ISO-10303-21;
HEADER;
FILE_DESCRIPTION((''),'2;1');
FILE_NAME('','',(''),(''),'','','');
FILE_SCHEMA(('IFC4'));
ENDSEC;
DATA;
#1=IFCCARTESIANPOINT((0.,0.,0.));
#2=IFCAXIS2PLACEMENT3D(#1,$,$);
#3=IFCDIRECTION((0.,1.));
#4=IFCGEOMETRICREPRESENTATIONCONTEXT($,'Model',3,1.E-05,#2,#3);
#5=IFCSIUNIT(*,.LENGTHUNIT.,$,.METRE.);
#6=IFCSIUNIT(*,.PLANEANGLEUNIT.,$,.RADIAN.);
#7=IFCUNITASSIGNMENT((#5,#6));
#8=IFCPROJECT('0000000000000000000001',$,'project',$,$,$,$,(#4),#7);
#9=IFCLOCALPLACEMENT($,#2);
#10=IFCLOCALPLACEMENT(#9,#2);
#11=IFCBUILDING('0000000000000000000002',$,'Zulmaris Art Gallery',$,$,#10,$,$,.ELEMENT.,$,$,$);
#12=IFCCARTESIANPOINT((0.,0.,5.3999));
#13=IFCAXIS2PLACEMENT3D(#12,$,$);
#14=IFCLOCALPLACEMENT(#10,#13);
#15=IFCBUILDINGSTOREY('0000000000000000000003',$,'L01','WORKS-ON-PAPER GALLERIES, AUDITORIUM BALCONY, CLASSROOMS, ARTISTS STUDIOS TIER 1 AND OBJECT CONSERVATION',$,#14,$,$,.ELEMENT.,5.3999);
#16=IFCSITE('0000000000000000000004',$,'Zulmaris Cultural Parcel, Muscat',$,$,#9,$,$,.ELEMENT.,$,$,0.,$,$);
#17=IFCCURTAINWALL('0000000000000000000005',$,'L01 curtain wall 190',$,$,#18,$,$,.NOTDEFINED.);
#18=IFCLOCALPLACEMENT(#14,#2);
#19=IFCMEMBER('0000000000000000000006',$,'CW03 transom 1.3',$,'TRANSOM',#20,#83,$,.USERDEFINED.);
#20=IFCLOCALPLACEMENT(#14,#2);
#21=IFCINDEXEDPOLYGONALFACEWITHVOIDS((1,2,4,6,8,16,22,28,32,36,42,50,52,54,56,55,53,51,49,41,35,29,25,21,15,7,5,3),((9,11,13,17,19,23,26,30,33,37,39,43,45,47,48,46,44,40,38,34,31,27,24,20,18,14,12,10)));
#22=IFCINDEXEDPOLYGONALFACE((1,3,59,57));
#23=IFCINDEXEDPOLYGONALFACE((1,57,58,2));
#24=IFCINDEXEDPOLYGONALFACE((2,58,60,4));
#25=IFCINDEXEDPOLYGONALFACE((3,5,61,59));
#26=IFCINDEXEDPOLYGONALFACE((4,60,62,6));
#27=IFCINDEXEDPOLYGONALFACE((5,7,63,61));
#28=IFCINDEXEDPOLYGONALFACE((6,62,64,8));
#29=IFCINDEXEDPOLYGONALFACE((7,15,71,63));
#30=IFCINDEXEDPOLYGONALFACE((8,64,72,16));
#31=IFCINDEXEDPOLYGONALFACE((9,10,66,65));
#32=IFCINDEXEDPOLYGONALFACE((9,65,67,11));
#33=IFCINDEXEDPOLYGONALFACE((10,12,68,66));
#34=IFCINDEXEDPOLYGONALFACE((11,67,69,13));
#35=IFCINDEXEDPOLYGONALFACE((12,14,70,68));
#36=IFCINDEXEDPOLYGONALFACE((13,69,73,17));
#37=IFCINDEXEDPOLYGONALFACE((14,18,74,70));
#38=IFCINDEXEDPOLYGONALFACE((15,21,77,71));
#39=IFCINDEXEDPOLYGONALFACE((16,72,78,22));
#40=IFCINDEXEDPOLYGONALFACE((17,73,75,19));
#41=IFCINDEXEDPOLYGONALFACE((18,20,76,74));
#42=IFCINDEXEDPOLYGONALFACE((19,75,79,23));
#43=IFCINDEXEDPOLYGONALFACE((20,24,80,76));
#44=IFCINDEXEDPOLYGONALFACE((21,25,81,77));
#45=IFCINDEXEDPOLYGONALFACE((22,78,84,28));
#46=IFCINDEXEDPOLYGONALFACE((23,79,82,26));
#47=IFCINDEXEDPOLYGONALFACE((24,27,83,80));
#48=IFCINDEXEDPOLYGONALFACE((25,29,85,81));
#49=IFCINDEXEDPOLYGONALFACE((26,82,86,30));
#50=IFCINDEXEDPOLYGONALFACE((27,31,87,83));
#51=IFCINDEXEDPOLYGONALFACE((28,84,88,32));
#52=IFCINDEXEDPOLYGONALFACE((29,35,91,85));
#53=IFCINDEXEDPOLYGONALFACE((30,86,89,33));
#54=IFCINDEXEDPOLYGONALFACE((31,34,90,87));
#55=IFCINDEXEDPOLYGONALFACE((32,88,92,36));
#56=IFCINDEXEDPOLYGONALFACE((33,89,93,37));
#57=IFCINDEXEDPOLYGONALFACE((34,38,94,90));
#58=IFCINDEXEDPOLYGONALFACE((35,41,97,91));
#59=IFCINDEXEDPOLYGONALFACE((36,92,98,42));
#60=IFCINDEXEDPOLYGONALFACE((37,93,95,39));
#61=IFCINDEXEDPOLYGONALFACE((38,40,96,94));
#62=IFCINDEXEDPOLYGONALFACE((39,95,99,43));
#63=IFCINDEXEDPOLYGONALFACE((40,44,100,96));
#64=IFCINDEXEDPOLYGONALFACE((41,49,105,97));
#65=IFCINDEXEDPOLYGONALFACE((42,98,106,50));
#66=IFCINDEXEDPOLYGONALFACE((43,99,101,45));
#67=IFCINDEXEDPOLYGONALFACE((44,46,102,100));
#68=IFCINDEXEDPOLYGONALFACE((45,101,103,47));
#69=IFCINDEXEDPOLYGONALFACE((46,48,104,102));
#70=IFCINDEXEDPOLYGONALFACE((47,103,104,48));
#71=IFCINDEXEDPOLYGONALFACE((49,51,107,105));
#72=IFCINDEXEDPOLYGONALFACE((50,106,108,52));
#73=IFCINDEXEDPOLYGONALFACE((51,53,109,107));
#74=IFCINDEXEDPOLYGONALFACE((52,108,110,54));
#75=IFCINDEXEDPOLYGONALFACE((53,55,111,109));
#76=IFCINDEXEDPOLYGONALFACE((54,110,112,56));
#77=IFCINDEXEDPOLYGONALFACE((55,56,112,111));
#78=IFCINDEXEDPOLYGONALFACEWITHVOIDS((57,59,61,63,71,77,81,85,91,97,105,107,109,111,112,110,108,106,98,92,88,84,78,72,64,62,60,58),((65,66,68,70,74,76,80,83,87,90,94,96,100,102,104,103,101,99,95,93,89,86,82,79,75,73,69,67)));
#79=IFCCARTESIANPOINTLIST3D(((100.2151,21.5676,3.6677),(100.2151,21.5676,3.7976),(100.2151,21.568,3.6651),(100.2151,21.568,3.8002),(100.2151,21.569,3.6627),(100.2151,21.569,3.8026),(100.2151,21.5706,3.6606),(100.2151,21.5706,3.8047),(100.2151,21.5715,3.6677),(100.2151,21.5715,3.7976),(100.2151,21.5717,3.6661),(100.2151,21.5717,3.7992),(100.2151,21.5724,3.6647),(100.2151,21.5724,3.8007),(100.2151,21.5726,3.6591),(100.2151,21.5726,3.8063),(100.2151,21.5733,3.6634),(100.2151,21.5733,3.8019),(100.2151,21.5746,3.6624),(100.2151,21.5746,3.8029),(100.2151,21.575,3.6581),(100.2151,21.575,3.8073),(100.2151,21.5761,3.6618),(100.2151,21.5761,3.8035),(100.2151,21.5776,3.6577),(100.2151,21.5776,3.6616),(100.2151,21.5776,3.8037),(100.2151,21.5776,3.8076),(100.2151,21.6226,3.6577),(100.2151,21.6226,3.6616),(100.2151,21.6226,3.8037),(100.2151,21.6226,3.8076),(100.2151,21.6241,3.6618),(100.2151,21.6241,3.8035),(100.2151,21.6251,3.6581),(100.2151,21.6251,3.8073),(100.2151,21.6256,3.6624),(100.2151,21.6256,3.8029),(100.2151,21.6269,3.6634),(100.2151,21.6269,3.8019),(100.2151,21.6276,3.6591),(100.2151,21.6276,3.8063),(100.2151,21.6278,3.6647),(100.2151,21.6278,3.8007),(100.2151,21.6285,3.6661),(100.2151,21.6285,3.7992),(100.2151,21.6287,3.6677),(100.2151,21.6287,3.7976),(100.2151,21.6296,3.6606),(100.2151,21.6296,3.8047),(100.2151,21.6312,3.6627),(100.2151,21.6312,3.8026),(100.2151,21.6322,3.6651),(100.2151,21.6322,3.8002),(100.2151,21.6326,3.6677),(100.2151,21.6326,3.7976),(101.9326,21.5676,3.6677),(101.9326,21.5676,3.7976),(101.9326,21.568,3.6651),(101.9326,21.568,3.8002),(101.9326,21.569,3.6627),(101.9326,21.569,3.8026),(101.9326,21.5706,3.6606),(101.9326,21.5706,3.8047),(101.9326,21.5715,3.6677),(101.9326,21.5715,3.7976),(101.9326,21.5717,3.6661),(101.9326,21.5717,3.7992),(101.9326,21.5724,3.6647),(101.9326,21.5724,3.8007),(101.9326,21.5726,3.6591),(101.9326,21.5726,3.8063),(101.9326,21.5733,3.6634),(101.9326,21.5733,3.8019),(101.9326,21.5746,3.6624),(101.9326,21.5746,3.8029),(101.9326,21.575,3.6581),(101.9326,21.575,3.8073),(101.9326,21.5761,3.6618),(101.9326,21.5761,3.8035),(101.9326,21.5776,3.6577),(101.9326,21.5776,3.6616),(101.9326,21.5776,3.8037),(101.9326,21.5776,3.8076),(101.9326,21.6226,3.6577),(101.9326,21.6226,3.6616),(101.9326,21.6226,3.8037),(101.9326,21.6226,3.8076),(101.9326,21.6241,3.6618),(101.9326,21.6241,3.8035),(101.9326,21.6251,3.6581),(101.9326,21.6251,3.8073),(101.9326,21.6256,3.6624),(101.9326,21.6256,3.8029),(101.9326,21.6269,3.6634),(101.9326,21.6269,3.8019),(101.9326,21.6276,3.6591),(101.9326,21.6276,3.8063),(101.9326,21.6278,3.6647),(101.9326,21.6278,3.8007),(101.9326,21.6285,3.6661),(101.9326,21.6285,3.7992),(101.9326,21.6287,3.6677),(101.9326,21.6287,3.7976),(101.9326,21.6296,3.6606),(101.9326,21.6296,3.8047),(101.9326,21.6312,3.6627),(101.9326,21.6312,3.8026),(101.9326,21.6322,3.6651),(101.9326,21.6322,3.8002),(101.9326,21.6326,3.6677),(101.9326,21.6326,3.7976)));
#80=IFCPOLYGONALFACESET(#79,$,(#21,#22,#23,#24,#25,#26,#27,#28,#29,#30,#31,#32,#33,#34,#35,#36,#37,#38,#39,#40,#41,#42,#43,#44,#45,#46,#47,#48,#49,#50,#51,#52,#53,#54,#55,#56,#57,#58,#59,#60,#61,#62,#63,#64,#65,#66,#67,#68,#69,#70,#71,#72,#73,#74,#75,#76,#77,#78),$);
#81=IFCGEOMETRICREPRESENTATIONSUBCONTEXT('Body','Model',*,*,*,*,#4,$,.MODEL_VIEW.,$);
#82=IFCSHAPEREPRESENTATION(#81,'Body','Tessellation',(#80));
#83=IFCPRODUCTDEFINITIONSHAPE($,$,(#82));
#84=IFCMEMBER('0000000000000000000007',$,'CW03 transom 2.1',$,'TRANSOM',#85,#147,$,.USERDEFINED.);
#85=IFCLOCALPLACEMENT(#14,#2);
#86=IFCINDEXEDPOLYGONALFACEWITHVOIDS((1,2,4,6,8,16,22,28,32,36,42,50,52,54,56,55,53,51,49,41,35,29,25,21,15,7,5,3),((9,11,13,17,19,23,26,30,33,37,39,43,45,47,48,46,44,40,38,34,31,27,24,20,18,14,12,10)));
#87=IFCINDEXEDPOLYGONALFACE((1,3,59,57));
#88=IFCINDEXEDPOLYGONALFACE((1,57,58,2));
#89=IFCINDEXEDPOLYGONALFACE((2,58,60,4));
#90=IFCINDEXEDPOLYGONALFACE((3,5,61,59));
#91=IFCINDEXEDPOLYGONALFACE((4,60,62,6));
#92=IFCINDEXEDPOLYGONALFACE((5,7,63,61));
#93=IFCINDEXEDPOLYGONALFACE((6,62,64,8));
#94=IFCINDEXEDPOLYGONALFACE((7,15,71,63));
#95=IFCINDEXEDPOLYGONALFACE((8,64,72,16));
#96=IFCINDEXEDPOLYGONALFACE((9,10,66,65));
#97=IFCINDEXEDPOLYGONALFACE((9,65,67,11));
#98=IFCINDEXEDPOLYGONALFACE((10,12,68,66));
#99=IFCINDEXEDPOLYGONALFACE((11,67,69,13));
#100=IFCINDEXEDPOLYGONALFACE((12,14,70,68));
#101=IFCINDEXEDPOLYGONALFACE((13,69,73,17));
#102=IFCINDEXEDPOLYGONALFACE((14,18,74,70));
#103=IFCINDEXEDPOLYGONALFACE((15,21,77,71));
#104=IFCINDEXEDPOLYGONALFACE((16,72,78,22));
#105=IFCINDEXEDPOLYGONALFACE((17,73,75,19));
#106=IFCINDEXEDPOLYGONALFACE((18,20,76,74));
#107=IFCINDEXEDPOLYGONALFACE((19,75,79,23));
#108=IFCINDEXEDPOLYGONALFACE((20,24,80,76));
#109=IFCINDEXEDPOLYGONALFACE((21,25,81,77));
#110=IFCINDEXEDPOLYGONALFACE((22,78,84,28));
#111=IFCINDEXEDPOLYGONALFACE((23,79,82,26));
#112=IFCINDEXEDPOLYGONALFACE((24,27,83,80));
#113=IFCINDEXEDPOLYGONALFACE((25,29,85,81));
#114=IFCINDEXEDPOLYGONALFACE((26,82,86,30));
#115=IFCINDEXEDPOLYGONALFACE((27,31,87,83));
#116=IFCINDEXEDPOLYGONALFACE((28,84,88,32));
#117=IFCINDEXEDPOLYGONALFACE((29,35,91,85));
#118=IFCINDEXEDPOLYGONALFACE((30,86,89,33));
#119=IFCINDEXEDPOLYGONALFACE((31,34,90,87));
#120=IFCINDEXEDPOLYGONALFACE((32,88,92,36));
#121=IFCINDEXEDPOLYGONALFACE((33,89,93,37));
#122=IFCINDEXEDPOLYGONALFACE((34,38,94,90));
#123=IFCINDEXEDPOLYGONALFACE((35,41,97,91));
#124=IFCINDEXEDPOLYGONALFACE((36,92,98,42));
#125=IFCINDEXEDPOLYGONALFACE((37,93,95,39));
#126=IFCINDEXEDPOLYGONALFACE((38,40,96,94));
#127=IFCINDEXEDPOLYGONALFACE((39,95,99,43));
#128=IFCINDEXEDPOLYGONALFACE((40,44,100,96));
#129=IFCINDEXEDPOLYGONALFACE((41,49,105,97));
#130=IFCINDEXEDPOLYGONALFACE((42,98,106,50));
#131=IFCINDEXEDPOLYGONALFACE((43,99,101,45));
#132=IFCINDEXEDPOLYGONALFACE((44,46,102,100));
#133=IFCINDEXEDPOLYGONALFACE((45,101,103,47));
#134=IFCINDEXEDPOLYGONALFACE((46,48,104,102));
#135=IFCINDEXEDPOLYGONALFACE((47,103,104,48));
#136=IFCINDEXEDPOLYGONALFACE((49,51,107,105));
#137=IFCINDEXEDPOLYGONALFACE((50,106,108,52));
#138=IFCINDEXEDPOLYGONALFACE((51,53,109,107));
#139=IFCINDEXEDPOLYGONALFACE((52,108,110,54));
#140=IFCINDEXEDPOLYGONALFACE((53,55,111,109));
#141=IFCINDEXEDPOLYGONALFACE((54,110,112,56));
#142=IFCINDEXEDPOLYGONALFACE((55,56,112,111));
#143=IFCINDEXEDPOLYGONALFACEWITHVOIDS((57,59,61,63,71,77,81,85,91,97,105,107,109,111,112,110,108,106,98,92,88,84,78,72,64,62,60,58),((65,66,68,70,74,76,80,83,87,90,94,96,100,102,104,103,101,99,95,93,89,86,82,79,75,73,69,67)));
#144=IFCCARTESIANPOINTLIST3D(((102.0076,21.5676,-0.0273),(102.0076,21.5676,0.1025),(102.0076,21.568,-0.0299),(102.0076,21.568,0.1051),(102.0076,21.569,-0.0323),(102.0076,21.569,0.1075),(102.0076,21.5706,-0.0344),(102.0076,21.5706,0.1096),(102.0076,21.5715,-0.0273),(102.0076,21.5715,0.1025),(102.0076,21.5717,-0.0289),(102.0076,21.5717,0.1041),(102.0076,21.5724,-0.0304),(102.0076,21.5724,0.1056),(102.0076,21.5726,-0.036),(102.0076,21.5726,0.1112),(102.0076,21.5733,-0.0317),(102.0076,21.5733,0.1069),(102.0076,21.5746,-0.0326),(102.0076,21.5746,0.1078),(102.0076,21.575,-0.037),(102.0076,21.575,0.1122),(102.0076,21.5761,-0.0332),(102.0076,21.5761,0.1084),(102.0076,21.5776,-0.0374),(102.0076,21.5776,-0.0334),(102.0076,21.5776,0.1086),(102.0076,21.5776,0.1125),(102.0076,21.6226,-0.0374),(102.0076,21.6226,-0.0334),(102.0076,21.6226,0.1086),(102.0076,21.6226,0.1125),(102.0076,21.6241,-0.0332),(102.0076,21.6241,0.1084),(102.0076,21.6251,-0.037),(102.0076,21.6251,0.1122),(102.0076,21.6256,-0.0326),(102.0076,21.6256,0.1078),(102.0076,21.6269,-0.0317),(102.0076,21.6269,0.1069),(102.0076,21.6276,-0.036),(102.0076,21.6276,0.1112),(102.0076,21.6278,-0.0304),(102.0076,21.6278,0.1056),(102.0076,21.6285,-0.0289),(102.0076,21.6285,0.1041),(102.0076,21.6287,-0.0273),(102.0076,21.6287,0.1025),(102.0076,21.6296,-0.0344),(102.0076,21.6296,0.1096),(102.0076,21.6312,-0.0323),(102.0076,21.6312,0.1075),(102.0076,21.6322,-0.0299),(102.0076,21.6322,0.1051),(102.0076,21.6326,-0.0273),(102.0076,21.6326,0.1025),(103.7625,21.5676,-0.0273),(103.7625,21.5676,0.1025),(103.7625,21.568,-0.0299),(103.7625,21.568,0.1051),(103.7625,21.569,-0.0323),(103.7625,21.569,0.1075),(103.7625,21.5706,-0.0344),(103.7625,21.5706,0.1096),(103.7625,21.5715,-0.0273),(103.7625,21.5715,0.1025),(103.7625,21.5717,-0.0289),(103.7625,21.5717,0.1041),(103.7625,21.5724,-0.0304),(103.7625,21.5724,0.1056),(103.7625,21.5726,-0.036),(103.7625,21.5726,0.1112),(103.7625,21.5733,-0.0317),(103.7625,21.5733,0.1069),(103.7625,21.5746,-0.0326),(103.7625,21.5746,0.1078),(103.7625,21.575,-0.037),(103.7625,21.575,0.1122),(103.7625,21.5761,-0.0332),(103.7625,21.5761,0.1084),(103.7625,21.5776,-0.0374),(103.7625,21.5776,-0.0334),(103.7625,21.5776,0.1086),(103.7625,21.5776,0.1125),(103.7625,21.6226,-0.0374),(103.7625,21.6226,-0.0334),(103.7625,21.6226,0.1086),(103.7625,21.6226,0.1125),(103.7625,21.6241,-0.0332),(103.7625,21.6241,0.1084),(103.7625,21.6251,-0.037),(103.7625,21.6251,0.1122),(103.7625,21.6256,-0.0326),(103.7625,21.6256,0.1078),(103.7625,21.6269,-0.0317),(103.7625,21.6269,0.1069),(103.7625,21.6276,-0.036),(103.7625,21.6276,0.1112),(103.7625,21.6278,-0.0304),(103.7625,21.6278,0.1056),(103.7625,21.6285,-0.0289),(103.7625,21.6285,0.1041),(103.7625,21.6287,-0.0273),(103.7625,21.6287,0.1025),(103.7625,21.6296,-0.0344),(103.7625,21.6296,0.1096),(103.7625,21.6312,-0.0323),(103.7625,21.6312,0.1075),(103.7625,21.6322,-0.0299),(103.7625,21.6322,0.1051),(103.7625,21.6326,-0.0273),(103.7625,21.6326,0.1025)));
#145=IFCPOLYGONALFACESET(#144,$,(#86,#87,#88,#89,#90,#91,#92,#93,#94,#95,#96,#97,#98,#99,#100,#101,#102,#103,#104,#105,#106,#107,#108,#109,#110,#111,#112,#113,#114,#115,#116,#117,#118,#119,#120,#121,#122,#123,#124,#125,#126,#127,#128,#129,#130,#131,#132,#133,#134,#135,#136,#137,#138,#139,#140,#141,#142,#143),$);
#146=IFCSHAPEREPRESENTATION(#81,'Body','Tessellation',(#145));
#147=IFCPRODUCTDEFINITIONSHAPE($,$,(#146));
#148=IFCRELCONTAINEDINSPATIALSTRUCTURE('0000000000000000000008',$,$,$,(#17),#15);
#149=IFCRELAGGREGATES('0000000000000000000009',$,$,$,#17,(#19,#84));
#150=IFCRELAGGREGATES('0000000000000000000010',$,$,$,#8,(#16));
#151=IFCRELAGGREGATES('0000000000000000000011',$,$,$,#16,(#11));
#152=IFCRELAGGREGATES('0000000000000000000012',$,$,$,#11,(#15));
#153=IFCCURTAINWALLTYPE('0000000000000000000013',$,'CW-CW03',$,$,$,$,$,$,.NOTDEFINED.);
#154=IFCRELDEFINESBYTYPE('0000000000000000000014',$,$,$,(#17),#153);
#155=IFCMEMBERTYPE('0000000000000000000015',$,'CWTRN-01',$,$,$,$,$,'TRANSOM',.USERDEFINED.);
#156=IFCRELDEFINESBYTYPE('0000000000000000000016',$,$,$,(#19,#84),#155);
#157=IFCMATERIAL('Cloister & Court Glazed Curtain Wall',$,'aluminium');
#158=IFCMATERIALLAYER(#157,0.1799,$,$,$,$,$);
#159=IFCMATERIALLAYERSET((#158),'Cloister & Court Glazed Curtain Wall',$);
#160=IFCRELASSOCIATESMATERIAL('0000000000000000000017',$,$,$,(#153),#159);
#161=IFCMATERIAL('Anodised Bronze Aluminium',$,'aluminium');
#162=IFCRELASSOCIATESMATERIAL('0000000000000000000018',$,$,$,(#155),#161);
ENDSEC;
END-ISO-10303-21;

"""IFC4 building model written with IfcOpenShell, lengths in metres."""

from ifc_helpers import new_model, si_unit, direction, frame, origin, origin_2d, place, context, subcontext, project, spatial, hollow_rectangle, extrude, material, layer, layer_set, material_profile, profile_set, type_object, element, aggregate, save


model = new_model("IFC4")

# Units and contexts
model_context = context("Model", 3, precision=1e-05, world=origin(), true_north=direction((0.0, 1.0)))
body_context = subcontext(model_context, "Body", "Model", "MODEL_VIEW")
ifc_project = project(units=[si_unit("LENGTHUNIT", "METRE"), si_unit("PLANEANGLEUNIT", "RADIAN")], contexts=[model_context])

# Site, building, storey
site_placement = place(None, origin())
site = spatial("IfcSite", under=ifc_project, at=site_placement, Name="Zulmaris Cultural Parcel, Muscat", CompositionType="ELEMENT", RefElevation=0.0)
building_placement = place(site_placement, origin())
building = spatial("IfcBuilding", under=site, at=building_placement, Name="Zulmaris Art Gallery", CompositionType="ELEMENT")
storey_placement = place(building_placement, frame((0.0, 0.0, 5.3999)))
storey = spatial("IfcBuildingStorey", under=building, at=storey_placement, Name="L01", Description="WORKS-ON-PAPER GALLERIES, AUDITORIUM BALCONY, CLASSROOMS, ARTISTS STUDIOS TIER 1 AND OBJECT CONSERVATION", CompositionType="ELEMENT", Elevation=5.3999)

# Curtain wall, members
ifc_material_1 = material(Name="Cloister & Court Glazed Curtain Wall", Category="aluminium")
ifc_layer_1 = layer(ifc_material_1, 0.1799)
ifc_layer_set_1 = layer_set([ifc_layer_1], Name="Cloister & Court Glazed Curtain Wall")
curtain_wall_type = type_object("IfcCurtainWallType", Name="CW-CW03", PredefinedType="NOTDEFINED", material=ifc_layer_set_1)
curtain_wall_placement = place(storey_placement, origin())
curtain_wall = element("IfcCurtainWall", 1, at=curtain_wall_placement, inside=storey, type_object=curtain_wall_type, Name="L01 curtain wall 190", PredefinedType="NOTDEFINED")
ifc_material_2 = material(Name="Anodised Bronze Aluminium", Category="aluminium")
ifc_material_profile_1 = material_profile(ifc_material_2, hollow_rectangle(XDim=0.0649, YDim=0.1499, WallThickness=0.0039, InnerFilletRadius=0.0061, OuterFilletRadius=0.01, at=origin_2d()), Name="ALU 65x150x4")
ifc_profile_set_1 = profile_set([ifc_material_profile_1], Name="Anodised Bronze Aluminium")
member_type_1 = type_object("IfcMemberType", Name="CWTRN-01", ElementType="TRANSOM", PredefinedType="USERDEFINED", material=ifc_profile_set_1)
member_1_placement = place(storey_placement, frame((100.2151, 21.6001, 3.7327), z_axis=(1.0, 0.0, 0.0), x_axis=(0.0, 1.0, 0.0)))
member_1 = element("IfcMember", 2, at=member_1_placement, type_object=member_type_1, Name="CW03 transom 1.3", ObjectType="TRANSOM", PredefinedType="USERDEFINED", context=body_context, shape_type="SweptSolid", body=[
    extrude(hollow_rectangle(XDim=0.0649, YDim=0.1499, WallThickness=0.0039, InnerFilletRadius=0.0061, OuterFilletRadius=0.01, at=origin_2d()), origin(), (0.0, 0.0, 1.0), 1.7175),
])
member_2_placement = place(storey_placement, frame((102.0076, 21.6001, 0.0376), z_axis=(1.0, 0.0, 0.0), x_axis=(0.0, 1.0, 0.0)))
member_2 = element("IfcMember", 3, at=member_2_placement, type_object=member_type_1, Name="CW03 transom 2.1", ObjectType="TRANSOM", PredefinedType="USERDEFINED", context=body_context, shape_type="SweptSolid", body=[
    extrude(hollow_rectangle(XDim=0.0649, YDim=0.1499, WallThickness=0.0039, InnerFilletRadius=0.0061, OuterFilletRadius=0.01, at=origin_2d()), origin(), (0.0, 0.0, 1.0), 1.7549),
])
aggregate(curtain_wall, [member_1, member_2])

save(model, "model.ifc")
